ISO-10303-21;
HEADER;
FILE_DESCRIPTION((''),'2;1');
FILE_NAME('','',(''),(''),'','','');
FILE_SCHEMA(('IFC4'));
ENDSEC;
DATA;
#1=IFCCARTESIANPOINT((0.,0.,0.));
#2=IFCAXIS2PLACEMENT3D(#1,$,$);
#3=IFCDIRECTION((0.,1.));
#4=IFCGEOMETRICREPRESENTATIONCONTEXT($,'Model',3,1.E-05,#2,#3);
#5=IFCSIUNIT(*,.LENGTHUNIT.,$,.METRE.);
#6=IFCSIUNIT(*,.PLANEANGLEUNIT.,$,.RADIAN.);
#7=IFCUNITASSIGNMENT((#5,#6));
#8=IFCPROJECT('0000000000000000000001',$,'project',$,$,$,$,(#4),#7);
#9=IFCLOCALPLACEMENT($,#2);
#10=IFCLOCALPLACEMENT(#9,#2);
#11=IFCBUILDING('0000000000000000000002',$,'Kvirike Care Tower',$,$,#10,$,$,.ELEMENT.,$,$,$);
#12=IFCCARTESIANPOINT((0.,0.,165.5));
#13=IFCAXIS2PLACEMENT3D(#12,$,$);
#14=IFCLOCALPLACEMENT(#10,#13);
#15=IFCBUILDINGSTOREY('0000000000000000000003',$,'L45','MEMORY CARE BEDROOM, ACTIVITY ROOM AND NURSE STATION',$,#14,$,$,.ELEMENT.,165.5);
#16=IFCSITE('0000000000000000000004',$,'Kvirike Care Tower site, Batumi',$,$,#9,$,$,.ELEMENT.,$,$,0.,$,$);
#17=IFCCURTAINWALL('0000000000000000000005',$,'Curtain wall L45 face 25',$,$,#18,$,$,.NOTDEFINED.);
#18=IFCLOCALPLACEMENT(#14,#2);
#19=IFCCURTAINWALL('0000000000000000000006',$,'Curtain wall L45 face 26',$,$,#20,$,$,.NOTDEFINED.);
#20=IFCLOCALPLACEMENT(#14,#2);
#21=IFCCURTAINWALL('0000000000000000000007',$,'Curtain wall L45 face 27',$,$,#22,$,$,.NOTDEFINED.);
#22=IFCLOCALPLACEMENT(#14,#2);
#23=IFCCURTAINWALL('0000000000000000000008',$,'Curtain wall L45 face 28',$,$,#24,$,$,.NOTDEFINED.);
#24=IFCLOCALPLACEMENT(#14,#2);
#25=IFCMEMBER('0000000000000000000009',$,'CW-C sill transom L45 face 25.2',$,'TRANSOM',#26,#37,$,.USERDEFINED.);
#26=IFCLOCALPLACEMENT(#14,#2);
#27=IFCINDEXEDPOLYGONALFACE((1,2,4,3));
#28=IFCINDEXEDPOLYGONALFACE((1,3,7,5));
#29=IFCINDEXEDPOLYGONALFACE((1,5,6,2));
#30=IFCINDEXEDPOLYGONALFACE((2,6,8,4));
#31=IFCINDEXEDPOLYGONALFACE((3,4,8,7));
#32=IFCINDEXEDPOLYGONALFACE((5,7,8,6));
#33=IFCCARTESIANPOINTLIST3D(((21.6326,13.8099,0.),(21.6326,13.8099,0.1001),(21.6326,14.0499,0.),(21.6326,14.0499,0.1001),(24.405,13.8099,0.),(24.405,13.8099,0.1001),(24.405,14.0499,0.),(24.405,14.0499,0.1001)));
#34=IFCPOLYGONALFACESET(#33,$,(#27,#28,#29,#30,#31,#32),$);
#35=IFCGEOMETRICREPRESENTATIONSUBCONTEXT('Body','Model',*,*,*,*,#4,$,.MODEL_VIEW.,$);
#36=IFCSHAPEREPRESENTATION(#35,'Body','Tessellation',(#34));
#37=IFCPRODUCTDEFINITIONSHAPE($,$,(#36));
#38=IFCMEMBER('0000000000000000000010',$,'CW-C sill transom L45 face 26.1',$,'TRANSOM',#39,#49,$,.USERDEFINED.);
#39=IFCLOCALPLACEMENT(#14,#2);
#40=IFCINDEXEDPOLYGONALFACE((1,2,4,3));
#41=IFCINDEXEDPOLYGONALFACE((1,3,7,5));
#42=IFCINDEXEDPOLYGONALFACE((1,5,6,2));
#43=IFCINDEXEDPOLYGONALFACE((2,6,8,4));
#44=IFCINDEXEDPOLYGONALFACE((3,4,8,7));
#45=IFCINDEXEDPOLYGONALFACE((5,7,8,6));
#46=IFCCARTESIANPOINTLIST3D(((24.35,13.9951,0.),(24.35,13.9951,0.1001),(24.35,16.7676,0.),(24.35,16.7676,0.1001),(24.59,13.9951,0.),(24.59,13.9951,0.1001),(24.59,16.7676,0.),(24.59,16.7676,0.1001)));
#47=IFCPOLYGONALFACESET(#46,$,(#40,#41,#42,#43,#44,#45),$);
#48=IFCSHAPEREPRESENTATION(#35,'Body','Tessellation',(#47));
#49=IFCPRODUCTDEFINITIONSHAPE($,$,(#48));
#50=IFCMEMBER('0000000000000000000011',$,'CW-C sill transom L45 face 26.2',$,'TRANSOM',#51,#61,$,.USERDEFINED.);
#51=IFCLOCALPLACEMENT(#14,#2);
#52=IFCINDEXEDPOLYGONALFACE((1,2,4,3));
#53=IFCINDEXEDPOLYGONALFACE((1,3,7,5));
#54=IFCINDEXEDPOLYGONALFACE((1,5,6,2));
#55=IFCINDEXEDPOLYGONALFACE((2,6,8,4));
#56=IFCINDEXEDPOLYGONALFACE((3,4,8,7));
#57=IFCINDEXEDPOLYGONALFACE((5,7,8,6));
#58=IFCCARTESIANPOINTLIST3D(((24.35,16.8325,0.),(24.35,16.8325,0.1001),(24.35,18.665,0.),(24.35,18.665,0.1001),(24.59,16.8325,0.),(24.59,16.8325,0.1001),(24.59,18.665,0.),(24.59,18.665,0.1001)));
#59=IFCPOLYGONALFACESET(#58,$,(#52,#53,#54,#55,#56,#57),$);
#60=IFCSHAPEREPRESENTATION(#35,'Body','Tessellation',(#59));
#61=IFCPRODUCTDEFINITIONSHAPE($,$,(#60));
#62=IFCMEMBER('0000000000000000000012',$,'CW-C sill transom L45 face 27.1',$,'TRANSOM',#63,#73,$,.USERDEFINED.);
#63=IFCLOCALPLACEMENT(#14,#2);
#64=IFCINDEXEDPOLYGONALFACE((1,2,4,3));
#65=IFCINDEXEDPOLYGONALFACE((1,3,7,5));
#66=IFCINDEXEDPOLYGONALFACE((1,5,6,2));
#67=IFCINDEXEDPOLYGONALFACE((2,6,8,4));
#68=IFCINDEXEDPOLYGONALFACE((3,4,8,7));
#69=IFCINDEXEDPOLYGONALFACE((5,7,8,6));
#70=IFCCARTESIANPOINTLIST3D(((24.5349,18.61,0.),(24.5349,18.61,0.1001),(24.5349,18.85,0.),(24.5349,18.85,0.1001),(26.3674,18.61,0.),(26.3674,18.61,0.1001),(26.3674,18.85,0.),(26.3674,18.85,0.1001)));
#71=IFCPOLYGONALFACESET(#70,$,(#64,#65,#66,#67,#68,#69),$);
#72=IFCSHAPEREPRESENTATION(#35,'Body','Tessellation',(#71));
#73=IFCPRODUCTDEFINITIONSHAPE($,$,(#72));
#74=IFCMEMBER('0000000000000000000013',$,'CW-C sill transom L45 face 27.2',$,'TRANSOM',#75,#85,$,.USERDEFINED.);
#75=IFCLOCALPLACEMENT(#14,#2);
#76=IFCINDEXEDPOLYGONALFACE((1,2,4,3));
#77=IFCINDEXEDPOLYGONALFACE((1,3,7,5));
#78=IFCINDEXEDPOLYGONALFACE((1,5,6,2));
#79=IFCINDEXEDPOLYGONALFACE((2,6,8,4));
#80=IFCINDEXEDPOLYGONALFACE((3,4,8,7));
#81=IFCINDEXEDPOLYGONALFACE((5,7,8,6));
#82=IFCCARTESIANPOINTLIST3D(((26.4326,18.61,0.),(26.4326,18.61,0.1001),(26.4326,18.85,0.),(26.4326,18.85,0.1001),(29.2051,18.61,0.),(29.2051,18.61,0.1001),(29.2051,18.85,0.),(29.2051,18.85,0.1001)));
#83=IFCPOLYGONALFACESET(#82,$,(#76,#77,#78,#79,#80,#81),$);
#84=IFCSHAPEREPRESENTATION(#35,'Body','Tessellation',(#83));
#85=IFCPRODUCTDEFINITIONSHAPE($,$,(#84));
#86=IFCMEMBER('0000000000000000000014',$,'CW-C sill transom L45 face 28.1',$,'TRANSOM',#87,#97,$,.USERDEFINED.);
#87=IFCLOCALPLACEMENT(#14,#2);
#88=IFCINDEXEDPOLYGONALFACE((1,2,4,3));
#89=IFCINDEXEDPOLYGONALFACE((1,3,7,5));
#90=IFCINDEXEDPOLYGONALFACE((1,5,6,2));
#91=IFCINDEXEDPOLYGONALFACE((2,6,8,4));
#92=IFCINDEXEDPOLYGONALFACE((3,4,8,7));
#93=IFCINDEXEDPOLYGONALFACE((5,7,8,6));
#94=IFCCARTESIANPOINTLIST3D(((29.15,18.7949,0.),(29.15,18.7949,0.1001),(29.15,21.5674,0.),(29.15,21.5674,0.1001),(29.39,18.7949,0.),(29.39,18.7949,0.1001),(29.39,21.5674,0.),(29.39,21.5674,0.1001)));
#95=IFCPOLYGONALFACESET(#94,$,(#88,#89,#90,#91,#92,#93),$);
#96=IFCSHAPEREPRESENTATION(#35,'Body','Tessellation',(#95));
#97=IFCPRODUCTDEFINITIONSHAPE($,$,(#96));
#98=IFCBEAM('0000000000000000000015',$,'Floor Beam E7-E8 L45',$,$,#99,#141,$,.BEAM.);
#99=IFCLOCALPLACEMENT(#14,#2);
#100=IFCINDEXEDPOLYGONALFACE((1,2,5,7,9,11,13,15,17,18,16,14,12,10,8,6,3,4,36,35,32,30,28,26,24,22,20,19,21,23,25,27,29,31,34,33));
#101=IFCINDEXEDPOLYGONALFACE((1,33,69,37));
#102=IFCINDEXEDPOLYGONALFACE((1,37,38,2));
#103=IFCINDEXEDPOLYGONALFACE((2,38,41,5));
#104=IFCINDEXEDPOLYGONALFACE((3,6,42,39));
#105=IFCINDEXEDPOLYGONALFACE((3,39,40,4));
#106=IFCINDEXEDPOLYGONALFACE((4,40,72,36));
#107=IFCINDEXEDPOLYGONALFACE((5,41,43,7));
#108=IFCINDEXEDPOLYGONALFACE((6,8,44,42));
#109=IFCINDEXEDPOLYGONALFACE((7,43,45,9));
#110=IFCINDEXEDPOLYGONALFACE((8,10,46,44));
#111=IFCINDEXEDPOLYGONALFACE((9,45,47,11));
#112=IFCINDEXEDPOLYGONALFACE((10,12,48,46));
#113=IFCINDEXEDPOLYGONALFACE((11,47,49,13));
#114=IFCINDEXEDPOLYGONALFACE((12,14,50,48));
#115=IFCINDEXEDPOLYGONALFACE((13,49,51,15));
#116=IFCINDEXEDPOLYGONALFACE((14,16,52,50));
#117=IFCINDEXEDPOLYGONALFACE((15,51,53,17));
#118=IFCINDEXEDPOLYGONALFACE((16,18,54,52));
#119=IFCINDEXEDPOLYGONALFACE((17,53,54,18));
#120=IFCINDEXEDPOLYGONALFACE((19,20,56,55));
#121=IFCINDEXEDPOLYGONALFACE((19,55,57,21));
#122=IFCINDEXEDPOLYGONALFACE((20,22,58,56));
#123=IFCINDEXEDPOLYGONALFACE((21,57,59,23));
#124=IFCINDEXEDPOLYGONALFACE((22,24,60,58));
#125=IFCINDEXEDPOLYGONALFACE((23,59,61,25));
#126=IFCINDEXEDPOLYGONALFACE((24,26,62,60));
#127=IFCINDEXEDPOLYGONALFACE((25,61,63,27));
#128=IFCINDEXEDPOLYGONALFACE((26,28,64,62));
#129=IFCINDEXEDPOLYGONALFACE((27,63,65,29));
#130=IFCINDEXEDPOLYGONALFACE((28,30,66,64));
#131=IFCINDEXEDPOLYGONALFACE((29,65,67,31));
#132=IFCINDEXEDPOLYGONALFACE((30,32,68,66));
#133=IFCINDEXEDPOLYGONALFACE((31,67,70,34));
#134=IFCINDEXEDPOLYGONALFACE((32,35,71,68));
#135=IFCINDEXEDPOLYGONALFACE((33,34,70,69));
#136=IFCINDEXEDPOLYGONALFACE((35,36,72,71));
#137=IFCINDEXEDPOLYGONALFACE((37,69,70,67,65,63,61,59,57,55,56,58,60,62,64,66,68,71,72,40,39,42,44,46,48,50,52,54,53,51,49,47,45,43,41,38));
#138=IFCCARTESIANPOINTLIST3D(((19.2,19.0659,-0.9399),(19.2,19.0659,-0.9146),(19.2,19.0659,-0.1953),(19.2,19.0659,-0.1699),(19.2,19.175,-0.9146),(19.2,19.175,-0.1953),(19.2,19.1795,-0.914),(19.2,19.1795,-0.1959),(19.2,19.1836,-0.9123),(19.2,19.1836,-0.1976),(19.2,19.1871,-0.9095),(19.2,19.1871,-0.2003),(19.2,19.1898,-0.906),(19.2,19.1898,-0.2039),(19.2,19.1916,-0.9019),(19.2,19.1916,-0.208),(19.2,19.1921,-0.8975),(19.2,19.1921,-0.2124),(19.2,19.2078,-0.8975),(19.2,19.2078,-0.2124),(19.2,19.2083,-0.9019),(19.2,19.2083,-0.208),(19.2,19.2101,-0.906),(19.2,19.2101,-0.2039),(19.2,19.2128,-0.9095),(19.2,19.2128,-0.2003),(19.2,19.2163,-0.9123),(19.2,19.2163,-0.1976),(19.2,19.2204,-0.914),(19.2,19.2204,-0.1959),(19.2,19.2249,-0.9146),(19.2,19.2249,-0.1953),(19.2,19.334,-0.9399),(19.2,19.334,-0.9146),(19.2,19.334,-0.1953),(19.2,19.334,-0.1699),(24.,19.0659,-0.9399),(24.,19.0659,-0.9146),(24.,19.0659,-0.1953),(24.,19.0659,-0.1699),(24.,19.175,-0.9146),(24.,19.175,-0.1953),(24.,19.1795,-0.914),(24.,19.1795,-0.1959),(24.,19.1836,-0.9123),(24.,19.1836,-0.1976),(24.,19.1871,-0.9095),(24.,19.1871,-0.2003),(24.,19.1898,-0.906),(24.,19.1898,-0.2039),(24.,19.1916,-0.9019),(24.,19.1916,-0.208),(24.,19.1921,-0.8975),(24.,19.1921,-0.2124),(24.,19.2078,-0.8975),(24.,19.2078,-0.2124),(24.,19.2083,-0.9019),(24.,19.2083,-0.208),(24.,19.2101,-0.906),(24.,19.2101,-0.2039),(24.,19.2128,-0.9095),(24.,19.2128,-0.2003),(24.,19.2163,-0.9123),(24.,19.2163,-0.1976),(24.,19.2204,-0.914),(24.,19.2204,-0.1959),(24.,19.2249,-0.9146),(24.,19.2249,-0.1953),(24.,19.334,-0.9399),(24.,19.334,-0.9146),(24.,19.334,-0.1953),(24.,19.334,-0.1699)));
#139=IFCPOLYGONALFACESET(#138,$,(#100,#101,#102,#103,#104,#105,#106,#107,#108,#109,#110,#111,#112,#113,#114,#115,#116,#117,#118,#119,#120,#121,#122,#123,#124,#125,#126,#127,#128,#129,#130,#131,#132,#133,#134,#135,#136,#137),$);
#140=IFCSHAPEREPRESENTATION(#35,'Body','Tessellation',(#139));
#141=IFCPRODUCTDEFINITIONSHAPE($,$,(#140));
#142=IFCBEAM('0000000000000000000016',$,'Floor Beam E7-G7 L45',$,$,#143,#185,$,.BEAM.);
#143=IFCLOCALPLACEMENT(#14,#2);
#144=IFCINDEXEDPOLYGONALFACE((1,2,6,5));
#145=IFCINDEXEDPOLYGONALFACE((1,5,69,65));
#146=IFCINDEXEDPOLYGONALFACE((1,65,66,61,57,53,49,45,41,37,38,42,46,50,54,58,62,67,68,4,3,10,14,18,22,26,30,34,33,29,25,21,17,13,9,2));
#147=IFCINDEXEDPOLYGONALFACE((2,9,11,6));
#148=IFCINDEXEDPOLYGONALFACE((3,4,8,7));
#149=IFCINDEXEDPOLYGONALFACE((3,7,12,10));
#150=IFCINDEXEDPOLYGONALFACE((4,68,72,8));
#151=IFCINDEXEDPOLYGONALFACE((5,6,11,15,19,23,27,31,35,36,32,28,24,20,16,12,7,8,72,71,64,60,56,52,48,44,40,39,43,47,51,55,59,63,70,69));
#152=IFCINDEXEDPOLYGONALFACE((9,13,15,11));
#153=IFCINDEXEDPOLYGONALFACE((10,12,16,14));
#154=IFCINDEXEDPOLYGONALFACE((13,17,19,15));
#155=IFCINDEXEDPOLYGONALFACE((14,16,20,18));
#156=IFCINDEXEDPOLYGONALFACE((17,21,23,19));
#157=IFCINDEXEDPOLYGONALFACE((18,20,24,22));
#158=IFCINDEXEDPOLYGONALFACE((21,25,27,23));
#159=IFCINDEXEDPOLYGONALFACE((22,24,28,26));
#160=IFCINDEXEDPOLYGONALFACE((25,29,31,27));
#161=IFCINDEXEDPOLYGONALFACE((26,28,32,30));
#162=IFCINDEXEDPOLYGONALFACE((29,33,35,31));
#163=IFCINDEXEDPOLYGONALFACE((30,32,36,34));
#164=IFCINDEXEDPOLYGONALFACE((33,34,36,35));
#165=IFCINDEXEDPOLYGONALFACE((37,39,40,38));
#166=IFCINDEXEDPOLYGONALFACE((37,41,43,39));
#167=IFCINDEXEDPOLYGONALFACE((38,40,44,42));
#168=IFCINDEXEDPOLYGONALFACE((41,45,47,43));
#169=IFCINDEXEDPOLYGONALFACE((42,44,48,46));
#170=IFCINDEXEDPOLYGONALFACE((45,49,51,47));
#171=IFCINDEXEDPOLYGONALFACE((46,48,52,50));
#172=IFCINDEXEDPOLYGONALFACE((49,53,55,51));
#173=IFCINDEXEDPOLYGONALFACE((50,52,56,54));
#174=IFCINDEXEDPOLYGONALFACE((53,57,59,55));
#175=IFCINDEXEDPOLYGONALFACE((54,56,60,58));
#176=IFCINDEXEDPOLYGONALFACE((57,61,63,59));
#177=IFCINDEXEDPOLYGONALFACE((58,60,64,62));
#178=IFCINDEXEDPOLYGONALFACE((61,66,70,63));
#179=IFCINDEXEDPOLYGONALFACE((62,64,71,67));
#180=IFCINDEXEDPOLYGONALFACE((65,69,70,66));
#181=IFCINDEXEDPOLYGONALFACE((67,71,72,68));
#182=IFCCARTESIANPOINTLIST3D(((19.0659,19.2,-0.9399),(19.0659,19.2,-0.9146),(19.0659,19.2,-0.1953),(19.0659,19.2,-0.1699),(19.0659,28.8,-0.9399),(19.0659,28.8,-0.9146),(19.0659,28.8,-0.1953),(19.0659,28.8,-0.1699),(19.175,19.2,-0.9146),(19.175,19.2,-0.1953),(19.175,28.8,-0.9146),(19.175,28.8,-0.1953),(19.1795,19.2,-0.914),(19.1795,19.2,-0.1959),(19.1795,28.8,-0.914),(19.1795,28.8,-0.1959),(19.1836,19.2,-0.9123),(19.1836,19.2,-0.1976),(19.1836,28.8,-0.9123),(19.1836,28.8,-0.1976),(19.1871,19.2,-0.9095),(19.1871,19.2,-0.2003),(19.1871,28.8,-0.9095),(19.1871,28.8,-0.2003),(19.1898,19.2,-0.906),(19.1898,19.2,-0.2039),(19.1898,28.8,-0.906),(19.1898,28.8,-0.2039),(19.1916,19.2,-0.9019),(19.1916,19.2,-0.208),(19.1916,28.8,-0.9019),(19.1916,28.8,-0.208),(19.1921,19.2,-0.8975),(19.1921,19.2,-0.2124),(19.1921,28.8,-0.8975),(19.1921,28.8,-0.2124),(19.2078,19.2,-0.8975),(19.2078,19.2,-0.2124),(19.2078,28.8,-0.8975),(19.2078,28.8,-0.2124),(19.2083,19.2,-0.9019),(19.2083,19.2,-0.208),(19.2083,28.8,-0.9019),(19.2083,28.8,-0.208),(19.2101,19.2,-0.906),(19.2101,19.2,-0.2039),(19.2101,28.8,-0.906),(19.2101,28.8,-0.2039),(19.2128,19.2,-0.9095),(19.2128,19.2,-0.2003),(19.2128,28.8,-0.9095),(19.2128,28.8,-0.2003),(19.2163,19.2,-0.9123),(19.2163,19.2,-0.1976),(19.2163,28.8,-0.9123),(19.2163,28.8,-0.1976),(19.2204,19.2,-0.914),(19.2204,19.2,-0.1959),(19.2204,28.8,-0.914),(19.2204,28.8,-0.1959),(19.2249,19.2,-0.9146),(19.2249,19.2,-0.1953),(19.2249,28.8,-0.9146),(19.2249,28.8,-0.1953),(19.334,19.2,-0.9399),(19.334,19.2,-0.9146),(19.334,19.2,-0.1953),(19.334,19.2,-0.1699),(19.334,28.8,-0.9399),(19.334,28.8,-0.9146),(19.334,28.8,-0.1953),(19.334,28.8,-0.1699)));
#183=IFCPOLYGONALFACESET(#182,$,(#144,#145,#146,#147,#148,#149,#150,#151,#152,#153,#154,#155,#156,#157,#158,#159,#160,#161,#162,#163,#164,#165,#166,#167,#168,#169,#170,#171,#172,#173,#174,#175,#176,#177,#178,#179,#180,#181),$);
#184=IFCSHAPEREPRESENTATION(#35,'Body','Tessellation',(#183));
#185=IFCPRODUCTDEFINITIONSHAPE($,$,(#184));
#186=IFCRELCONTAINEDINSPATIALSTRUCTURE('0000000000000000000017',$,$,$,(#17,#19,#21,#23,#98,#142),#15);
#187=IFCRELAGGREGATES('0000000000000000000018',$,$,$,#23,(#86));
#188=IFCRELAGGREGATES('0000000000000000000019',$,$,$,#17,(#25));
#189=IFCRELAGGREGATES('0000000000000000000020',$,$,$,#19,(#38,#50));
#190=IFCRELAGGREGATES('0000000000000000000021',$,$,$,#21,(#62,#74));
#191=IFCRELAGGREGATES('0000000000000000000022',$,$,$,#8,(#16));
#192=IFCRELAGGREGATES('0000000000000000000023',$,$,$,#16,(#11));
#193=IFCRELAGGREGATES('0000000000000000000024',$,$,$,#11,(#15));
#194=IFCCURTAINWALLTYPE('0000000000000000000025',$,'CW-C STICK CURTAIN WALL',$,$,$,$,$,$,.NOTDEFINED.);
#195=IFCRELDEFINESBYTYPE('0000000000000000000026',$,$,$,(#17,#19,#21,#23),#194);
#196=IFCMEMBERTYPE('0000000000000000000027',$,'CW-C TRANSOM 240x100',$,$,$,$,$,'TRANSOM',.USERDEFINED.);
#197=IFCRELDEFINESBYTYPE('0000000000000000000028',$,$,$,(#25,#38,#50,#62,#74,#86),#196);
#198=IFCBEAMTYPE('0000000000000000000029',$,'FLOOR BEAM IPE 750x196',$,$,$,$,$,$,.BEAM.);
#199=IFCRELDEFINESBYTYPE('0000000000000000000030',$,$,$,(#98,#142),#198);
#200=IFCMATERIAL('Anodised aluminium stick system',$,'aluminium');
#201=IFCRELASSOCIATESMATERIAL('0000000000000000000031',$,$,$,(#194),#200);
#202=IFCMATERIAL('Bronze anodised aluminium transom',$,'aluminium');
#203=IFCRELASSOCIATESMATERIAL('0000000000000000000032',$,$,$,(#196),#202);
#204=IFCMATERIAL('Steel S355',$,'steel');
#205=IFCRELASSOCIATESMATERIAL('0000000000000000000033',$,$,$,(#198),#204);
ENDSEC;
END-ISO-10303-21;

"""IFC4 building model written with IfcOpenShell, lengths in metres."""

from ifc_helpers import new_model, si_unit, direction, frame, origin, origin_2d, place, context, subcontext, project, spatial, rectangle, i_section, extrude, material, material_profile, profile_set, type_object, element, aggregate, save


model = new_model("IFC4")

# Units and contexts
model_context = context("Model", 3, precision=1e-05, world=origin(), true_north=direction((0.0, 1.0)))
body_context = subcontext(model_context, "Body", "Model", "MODEL_VIEW")
ifc_project = project(units=[si_unit("LENGTHUNIT", "METRE"), si_unit("PLANEANGLEUNIT", "RADIAN")], contexts=[model_context])

# Site, building, storey
site_placement = place(None, origin())
site = spatial("IfcSite", under=ifc_project, at=site_placement, Name="Kvirike Care Tower site, Batumi", CompositionType="ELEMENT", RefElevation=0.0)
building_placement = place(site_placement, origin())
building = spatial("IfcBuilding", under=site, at=building_placement, Name="Kvirike Care Tower", CompositionType="ELEMENT")
storey_placement = place(building_placement, frame((0.0, 0.0, 165.5)))
storey = spatial("IfcBuildingStorey", under=building, at=storey_placement, Name="L45", Description="MEMORY CARE BEDROOM, ACTIVITY ROOM AND NURSE STATION", CompositionType="ELEMENT", Elevation=165.5)

# Curtain walls
ifc_material_1 = material(Name="Anodised aluminium stick system", Category="aluminium")
curtain_wall_type = type_object("IfcCurtainWallType", Name="CW-C STICK CURTAIN WALL", PredefinedType="NOTDEFINED", material=ifc_material_1)
curtain_wall_1_placement = place(storey_placement, origin())
curtain_wall_1 = element("IfcCurtainWall", 1, at=curtain_wall_1_placement, inside=storey, type_object=curtain_wall_type, Name="Curtain wall L45 face 25", PredefinedType="NOTDEFINED")
curtain_wall_2_placement = place(storey_placement, origin())
curtain_wall_2 = element("IfcCurtainWall", 2, at=curtain_wall_2_placement, inside=storey, type_object=curtain_wall_type, Name="Curtain wall L45 face 26", PredefinedType="NOTDEFINED")
curtain_wall_3_placement = place(storey_placement, origin())
curtain_wall_3 = element("IfcCurtainWall", 3, at=curtain_wall_3_placement, inside=storey, type_object=curtain_wall_type, Name="Curtain wall L45 face 27", PredefinedType="NOTDEFINED")

# Curtain wall
curtain_wall_4_placement = place(storey_placement, origin())
curtain_wall_4 = element("IfcCurtainWall", 4, at=curtain_wall_4_placement, inside=storey, type_object=curtain_wall_type, Name="Curtain wall L45 face 28", PredefinedType="NOTDEFINED")

# Members
ifc_material_2 = material(Name="Bronze anodised aluminium transom", Category="aluminium")
ifc_material_profile_1 = material_profile(ifc_material_2, rectangle(XDim=0.24, YDim=0.1001, at=origin_2d()), Name="CW-C TRANSOM 240x100")
ifc_profile_set_1 = profile_set([ifc_material_profile_1], Name="Bronze anodised aluminium transom")
member_type_1 = type_object("IfcMemberType", Name="CW-C TRANSOM 240x100", ElementType="TRANSOM", PredefinedType="USERDEFINED", material=ifc_profile_set_1)
member_1_placement = place(storey_placement, frame((21.6326, 13.9299, 0.05), z_axis=(1.0, 0.0, 0.0), x_axis=(0.0, 1.0, 0.0)))
member_1 = element("IfcMember", 5, at=member_1_placement, type_object=member_type_1, Name="CW-C sill transom L45 face 25.2", ObjectType="TRANSOM", PredefinedType="USERDEFINED", context=body_context, shape_type="SweptSolid", body=[
    extrude(rectangle(XDim=0.24, YDim=0.1001, at=origin_2d()), origin(), (0.0, 0.0, 1.0), 2.7725),
])
member_2_placement = place(storey_placement, frame((24.47, 13.9951, 0.05), z_axis=(0.0, 1.0, 0.0), x_axis=(-1.0, 0.0, 0.0)))
member_2 = element("IfcMember", 6, at=member_2_placement, type_object=member_type_1, Name="CW-C sill transom L45 face 26.1", ObjectType="TRANSOM", PredefinedType="USERDEFINED", context=body_context, shape_type="SweptSolid", body=[
    extrude(rectangle(XDim=0.24, YDim=0.1001, at=origin_2d()), origin(), (0.0, 0.0, 1.0), 2.7725),
])
member_3_placement = place(storey_placement, frame((24.47, 16.8325, 0.05), z_axis=(0.0, 1.0, 0.0), x_axis=(-1.0, 0.0, 0.0)))
member_3 = element("IfcMember", 7, at=member_3_placement, type_object=member_type_1, Name="CW-C sill transom L45 face 26.2", ObjectType="TRANSOM", PredefinedType="USERDEFINED", context=body_context, shape_type="SweptSolid", body=[
    extrude(rectangle(XDim=0.24, YDim=0.1001, at=origin_2d()), origin(), (0.0, 0.0, 1.0), 1.8325),
])
member_4_placement = place(storey_placement, frame((24.5349, 18.73, 0.05), z_axis=(1.0, 0.0, 0.0), x_axis=(0.0, 1.0, 0.0)))
member_4 = element("IfcMember", 8, at=member_4_placement, type_object=member_type_1, Name="CW-C sill transom L45 face 27.1", ObjectType="TRANSOM", PredefinedType="USERDEFINED", context=body_context, shape_type="SweptSolid", body=[
    extrude(rectangle(XDim=0.24, YDim=0.1001, at=origin_2d()), origin(), (0.0, 0.0, 1.0), 1.8325),
])
member_5_placement = place(storey_placement, frame((26.4326, 18.73, 0.05), z_axis=(1.0, 0.0, 0.0), x_axis=(0.0, 1.0, 0.0)))
member_5 = element("IfcMember", 9, at=member_5_placement, type_object=member_type_1, Name="CW-C sill transom L45 face 27.2", ObjectType="TRANSOM", PredefinedType="USERDEFINED", context=body_context, shape_type="SweptSolid", body=[
    extrude(rectangle(XDim=0.24, YDim=0.1001, at=origin_2d()), origin(), (0.0, 0.0, 1.0), 2.7725),
])
member_6_placement = place(storey_placement, frame((29.27, 18.7949, 0.05), z_axis=(0.0, 1.0, 0.0), x_axis=(-1.0, 0.0, 0.0)))
member_6 = element("IfcMember", 10, at=member_6_placement, type_object=member_type_1, Name="CW-C sill transom L45 face 28.1", ObjectType="TRANSOM", PredefinedType="USERDEFINED", context=body_context, shape_type="SweptSolid", body=[
    extrude(rectangle(XDim=0.24, YDim=0.1001, at=origin_2d()), origin(), (0.0, 0.0, 1.0), 2.7725),
])
aggregate(curtain_wall_4, [member_6])

# Beams
ifc_material_3 = material(Name="Steel S355", Category="steel")
ifc_material_profile_2 = material_profile(ifc_material_3, i_section(OverallWidth=0.2681, OverallDepth=0.77, WebThickness=0.0156, FlangeThickness=0.0254, FilletRadius=0.0171, at=origin_2d()), Name="IPE 750x196")
ifc_profile_set_2 = profile_set([ifc_material_profile_2], Name="Steel S355")
beam_type_1 = type_object("IfcBeamType", Name="FLOOR BEAM IPE 750x196", PredefinedType="BEAM", material=ifc_profile_set_2)
beam_1_placement = place(storey_placement, frame((19.2, 19.2, -0.5549), z_axis=(1.0, 0.0, 0.0), x_axis=(0.0, 1.0, 0.0)))
element("IfcBeam", 11, at=beam_1_placement, inside=storey, type_object=beam_type_1, Name="Floor Beam E7-E8 L45", PredefinedType="BEAM", context=body_context, shape_type="SweptSolid", body=[
    extrude(i_section(OverallWidth=0.2681, OverallDepth=0.77, WebThickness=0.0156, FlangeThickness=0.0254, FilletRadius=0.0171, at=origin_2d()), origin(), (0.0, 0.0, 1.0), 4.8),
])
beam_2_placement = place(storey_placement, frame((19.2, 19.2, -0.5549), z_axis=(0.0, 1.0, 0.0), x_axis=(-1.0, 0.0, 0.0)))
element("IfcBeam", 12, at=beam_2_placement, inside=storey, type_object=beam_type_1, Name="Floor Beam E7-G7 L45", PredefinedType="BEAM", context=body_context, shape_type="SweptSolid", body=[
    extrude(i_section(OverallWidth=0.2681, OverallDepth=0.77, WebThickness=0.0156, FlangeThickness=0.0254, FilletRadius=0.0171, at=origin_2d()), origin(), (0.0, 0.0, 1.0), 9.6001),
])

aggregate(curtain_wall_1, [member_1])
aggregate(curtain_wall_2, [member_2, member_3])
aggregate(curtain_wall_3, [member_4, member_5])

save(model, "model.ifc")
